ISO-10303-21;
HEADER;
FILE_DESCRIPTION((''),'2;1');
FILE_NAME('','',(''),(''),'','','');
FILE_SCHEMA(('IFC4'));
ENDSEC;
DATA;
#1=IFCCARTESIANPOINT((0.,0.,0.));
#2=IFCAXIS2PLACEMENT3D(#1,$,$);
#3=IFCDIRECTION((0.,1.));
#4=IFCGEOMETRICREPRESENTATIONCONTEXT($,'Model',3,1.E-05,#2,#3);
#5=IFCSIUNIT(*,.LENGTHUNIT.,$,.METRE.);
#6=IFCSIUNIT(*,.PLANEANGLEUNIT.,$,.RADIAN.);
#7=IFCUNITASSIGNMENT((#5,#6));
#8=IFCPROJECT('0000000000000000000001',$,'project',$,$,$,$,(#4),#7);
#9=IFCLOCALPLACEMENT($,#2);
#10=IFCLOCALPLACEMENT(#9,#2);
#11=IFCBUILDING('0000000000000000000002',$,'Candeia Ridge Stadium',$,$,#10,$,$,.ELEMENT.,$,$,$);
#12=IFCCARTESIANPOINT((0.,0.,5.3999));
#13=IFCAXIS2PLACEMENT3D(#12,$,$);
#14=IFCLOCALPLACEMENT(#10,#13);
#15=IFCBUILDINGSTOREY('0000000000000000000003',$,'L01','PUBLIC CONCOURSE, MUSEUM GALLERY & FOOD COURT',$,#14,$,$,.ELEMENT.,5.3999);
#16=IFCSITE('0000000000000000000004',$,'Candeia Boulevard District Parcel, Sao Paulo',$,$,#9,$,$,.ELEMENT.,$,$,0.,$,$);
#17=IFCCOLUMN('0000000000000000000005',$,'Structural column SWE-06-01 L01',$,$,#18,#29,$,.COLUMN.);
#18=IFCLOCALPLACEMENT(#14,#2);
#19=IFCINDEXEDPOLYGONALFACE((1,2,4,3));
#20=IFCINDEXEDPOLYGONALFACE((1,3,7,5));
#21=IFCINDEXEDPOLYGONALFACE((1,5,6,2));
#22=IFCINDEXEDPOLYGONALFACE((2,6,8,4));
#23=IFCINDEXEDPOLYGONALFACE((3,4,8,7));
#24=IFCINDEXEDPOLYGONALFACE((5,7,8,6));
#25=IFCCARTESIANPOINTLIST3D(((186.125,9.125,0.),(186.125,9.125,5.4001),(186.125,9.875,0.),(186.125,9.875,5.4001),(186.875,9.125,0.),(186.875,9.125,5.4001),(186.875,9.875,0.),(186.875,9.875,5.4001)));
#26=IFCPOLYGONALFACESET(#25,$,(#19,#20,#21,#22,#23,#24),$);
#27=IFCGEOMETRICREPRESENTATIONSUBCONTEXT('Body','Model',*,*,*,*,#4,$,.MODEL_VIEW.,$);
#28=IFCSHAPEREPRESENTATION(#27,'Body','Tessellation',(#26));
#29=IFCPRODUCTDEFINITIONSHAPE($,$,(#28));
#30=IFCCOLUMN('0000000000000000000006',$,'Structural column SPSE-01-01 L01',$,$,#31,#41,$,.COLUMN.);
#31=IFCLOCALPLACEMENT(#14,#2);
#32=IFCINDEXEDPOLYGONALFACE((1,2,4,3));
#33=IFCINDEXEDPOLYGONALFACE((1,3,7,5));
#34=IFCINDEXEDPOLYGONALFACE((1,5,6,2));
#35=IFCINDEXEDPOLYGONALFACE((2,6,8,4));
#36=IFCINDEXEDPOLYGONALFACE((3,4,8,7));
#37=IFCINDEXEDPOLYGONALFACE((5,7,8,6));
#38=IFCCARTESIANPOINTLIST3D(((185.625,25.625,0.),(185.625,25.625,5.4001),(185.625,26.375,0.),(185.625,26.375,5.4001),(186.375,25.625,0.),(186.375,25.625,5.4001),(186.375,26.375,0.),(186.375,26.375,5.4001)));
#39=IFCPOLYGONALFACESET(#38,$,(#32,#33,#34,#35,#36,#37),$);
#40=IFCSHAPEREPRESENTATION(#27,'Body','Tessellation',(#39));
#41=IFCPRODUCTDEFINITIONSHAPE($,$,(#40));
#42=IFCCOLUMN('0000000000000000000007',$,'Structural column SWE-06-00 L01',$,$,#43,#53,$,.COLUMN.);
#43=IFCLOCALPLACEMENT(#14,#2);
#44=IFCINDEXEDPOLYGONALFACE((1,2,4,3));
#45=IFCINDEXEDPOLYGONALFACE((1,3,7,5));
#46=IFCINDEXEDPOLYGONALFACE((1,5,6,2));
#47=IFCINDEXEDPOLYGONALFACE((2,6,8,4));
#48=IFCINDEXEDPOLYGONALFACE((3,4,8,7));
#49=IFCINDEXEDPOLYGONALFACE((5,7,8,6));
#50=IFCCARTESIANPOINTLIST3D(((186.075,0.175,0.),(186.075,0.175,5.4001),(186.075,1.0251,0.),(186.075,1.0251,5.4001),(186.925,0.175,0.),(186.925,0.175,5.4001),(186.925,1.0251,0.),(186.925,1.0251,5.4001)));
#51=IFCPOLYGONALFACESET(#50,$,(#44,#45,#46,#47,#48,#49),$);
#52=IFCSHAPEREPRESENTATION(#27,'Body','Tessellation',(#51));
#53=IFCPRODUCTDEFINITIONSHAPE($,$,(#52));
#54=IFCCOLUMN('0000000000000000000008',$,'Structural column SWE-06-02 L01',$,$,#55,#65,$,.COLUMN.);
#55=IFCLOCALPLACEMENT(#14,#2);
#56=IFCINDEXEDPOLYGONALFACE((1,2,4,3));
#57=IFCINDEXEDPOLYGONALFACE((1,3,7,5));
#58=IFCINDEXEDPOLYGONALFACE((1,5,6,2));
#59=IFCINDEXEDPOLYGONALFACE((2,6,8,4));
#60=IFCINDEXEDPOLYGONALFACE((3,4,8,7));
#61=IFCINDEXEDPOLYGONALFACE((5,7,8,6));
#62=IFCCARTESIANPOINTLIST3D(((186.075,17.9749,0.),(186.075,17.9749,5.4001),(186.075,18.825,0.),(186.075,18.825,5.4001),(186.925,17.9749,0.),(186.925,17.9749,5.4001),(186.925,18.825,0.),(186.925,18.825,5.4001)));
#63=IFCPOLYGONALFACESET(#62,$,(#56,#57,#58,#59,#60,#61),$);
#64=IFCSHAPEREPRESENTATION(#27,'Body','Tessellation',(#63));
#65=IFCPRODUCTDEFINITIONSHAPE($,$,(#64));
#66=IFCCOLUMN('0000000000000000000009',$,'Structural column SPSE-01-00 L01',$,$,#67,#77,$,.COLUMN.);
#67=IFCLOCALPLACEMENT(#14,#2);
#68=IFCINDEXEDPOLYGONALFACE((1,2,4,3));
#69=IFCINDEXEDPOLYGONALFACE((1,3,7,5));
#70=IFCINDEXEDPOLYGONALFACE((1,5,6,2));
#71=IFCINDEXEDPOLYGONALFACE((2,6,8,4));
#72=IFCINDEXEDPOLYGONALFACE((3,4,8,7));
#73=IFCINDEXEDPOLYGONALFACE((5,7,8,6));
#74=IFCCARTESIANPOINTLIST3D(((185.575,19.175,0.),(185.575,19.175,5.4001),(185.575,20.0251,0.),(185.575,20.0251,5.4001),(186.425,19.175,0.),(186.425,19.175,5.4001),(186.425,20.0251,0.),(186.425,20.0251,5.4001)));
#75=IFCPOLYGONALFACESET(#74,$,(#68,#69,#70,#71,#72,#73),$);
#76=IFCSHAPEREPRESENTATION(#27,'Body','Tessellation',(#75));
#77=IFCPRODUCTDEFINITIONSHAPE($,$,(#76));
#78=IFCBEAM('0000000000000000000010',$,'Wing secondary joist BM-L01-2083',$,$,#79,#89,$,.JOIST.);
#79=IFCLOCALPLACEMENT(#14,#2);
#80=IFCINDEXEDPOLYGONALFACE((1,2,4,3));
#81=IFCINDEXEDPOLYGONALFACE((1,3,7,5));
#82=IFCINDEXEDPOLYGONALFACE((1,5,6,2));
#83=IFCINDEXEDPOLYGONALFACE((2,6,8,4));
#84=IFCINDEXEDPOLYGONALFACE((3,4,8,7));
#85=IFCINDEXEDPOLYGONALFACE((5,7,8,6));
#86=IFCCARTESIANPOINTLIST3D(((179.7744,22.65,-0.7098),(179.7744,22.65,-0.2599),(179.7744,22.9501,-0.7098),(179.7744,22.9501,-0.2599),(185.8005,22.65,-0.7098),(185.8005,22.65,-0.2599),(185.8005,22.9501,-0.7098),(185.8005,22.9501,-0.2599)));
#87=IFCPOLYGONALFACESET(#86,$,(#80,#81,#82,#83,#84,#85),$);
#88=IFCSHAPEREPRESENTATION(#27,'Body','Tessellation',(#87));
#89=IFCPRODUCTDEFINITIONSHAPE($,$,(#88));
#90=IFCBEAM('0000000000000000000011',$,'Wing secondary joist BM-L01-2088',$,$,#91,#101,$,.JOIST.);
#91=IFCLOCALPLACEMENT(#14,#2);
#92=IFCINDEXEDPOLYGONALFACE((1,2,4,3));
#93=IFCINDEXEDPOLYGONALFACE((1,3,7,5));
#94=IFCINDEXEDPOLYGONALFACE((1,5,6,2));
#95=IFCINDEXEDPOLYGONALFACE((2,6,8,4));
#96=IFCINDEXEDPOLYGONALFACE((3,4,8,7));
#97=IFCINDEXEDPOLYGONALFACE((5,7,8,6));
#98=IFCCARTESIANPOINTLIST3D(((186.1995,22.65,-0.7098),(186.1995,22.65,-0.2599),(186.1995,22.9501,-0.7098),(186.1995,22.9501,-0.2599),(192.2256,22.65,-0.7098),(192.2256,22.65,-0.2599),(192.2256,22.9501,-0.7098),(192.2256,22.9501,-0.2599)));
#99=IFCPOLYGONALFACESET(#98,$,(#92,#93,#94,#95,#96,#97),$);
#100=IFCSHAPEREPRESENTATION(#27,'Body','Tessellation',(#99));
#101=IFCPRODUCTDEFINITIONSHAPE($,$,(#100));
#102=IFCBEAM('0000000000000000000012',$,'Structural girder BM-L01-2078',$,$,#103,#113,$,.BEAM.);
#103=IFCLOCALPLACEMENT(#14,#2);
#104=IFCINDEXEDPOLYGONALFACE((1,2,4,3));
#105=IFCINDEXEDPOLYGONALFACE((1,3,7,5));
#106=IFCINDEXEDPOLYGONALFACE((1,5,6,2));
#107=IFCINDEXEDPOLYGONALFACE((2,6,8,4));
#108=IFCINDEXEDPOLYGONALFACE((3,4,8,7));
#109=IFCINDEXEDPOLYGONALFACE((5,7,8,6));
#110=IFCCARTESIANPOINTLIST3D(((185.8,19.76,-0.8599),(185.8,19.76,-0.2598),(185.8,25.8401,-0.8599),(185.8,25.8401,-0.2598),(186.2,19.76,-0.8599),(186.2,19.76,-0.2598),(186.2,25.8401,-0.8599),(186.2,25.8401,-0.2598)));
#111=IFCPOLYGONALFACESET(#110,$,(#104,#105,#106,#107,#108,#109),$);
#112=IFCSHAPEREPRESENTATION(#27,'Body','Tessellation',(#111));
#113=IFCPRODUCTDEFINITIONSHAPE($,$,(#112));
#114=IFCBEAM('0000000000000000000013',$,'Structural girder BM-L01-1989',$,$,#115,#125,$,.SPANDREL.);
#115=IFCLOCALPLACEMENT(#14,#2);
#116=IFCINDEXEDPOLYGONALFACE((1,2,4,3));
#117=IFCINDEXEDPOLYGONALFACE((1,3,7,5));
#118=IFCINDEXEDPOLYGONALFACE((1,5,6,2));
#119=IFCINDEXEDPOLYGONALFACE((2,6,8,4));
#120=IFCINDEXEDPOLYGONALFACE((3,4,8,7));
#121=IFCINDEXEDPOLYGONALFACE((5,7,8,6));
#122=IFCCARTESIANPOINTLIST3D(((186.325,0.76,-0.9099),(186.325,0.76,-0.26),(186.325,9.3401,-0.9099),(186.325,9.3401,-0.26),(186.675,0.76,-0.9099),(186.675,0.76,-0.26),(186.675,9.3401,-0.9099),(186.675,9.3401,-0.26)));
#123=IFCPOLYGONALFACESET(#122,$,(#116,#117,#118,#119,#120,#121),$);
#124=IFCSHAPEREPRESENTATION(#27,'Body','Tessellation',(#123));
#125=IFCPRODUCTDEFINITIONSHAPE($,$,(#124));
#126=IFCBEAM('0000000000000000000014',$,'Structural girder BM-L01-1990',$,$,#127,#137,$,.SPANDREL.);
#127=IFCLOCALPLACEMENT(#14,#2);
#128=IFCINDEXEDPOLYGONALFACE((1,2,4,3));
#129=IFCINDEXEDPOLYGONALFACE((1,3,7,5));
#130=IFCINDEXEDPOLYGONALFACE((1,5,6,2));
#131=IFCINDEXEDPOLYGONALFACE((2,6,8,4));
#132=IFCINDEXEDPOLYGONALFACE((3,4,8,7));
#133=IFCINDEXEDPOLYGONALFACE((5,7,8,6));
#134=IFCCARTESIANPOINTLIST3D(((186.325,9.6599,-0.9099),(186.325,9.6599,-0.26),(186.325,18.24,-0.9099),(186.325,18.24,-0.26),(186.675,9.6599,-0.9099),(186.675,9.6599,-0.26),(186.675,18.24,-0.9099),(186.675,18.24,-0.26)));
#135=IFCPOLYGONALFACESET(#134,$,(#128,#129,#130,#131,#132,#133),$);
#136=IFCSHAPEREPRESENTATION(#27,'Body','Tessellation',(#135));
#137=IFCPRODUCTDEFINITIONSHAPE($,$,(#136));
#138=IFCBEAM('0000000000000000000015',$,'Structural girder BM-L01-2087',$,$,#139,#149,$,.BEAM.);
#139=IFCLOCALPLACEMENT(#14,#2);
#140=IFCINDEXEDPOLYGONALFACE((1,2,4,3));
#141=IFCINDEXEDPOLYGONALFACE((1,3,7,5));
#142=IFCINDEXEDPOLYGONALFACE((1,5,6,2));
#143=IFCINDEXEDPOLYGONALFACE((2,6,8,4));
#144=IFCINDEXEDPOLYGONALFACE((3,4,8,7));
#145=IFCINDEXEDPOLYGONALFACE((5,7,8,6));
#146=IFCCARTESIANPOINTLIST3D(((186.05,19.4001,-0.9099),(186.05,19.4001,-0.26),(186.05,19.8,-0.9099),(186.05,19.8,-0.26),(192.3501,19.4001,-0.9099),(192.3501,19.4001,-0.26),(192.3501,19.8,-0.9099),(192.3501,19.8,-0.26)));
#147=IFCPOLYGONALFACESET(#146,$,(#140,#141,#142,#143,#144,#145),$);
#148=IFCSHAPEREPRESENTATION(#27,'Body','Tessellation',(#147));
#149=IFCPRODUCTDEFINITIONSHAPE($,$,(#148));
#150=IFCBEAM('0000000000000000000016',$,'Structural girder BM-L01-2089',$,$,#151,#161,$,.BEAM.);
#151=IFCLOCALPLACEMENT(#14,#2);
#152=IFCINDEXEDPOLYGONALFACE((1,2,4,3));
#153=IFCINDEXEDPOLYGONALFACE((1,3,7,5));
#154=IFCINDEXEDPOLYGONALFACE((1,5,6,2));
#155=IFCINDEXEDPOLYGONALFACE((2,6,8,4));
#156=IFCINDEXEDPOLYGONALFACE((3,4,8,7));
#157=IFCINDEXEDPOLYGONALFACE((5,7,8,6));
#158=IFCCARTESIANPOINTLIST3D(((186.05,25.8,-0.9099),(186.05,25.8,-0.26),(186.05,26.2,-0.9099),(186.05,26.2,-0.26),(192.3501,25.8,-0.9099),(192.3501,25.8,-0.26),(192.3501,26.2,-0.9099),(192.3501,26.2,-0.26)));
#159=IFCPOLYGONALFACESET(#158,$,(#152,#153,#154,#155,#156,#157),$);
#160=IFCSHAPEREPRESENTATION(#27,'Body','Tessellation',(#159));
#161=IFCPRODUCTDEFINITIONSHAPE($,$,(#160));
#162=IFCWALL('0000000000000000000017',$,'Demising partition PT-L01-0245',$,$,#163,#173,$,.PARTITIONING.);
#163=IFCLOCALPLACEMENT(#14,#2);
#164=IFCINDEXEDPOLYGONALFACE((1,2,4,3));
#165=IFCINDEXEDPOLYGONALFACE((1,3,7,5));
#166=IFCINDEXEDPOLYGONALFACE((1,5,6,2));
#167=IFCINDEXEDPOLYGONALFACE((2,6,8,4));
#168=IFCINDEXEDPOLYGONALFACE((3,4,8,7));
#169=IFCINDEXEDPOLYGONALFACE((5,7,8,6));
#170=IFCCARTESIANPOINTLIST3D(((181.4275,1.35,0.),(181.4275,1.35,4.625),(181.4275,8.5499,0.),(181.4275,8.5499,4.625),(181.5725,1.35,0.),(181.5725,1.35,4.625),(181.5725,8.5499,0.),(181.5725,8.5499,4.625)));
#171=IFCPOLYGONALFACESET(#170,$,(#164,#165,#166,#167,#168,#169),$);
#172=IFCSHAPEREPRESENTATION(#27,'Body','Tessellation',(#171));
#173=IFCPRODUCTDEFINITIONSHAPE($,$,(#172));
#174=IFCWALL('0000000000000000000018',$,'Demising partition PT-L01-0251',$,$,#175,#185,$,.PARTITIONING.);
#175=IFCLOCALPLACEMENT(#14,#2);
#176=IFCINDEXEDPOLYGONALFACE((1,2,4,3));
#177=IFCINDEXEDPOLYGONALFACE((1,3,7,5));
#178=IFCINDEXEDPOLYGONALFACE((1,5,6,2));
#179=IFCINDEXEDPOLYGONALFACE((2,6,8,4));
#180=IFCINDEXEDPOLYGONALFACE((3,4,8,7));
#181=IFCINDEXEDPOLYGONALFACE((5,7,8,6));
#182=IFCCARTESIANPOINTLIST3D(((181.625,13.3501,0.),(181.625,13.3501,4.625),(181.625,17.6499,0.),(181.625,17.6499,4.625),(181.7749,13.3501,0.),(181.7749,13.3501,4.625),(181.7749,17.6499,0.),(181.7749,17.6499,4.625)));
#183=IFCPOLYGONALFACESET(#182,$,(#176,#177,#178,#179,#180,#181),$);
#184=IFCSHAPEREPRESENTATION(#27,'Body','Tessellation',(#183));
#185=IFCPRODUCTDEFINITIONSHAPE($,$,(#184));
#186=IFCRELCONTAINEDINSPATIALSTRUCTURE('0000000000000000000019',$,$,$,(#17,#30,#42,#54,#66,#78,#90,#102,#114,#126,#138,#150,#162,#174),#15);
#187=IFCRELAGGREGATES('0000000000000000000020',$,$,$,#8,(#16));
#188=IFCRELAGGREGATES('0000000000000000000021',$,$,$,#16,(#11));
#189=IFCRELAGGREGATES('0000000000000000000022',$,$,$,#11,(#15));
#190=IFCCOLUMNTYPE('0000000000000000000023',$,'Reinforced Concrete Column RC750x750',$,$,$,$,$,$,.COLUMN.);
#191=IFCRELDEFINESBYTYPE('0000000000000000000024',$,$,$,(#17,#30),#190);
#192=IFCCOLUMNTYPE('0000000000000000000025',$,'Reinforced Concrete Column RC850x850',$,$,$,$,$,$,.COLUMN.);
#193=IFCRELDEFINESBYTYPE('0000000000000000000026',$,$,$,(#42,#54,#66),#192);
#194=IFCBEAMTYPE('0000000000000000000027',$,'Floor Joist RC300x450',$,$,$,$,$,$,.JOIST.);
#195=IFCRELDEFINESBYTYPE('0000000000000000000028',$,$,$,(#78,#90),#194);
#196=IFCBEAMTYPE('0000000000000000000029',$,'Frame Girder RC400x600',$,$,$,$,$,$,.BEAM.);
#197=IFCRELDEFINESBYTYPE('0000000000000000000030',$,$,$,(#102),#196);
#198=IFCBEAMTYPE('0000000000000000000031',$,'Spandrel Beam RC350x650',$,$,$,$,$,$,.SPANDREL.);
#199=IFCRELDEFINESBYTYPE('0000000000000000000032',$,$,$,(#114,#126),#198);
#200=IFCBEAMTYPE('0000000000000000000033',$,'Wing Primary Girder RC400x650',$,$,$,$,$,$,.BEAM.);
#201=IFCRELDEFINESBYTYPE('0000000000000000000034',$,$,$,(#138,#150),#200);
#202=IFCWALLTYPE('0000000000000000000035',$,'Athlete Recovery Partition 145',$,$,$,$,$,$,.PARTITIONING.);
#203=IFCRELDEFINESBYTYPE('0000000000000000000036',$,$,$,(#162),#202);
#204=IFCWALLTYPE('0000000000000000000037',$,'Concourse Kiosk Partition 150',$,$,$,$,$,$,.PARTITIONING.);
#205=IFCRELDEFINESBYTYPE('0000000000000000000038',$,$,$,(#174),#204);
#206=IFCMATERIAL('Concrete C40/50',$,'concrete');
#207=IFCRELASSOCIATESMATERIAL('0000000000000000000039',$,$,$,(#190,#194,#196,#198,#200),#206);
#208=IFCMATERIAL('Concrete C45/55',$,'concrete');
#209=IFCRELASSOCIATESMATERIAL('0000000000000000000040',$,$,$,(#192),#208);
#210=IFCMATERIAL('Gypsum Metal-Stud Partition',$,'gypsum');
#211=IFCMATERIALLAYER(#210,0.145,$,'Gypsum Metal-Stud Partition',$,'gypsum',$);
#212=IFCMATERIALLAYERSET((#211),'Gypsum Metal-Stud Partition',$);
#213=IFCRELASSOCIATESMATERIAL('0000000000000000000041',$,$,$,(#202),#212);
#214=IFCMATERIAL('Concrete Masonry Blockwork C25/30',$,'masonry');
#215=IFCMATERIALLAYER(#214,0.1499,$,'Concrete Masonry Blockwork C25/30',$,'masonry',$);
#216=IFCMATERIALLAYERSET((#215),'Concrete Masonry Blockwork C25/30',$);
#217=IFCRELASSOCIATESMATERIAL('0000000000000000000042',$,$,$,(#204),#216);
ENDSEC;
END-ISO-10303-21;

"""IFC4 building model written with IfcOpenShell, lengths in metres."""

from ifc_helpers import new_model, si_unit, direction, frame, frame_2d, origin, origin_2d, place, context, subcontext, project, spatial, rectangle, extrude, material, layer, layer_set, material_profile, profile_set, type_object, element, save


model = new_model("IFC4")

# Units and contexts
model_context = context("Model", 3, precision=1e-05, world=origin(), true_north=direction((0.0, 1.0)))
body_context = subcontext(model_context, "Body", "Model", "MODEL_VIEW")
ifc_project = project(units=[si_unit("LENGTHUNIT", "METRE"), si_unit("PLANEANGLEUNIT", "RADIAN")], contexts=[model_context])

# Site, building, storey
site_placement = place(None, origin())
site = spatial("IfcSite", under=ifc_project, at=site_placement, Name="Candeia Boulevard District Parcel, Sao Paulo", CompositionType="ELEMENT", RefElevation=0.0)
building_placement = place(site_placement, origin())
building = spatial("IfcBuilding", under=site, at=building_placement, Name="Candeia Ridge Stadium", CompositionType="ELEMENT")
storey_placement = place(building_placement, frame((0.0, 0.0, 5.3999)))
storey = spatial("IfcBuildingStorey", under=building, at=storey_placement, Name="L01", Description="PUBLIC CONCOURSE, MUSEUM GALLERY & FOOD COURT", CompositionType="ELEMENT", Elevation=5.3999)

# Columns
ifc_material_1 = material(Name="Concrete C40/50", Category="concrete")
ifc_material_profile_1 = material_profile(ifc_material_1, rectangle(XDim=0.75, YDim=0.75, at=origin_2d()), Name="RC750x750", Category="concrete")
ifc_profile_set_1 = profile_set([ifc_material_profile_1], Name="Concrete C40/50")
column_type_1 = type_object("IfcColumnType", Name="Reinforced Concrete Column RC750x750", PredefinedType="COLUMN", material=ifc_profile_set_1)
for number, where, z_axis, x_axis, name in (
    (1, (186.5, 9.5, 0.0), (0.0, 0.0, 1.0), (1.0, 0.0, 0.0), "Structural column SWE-06-01 L01"),
    (2, (186.0, 26.0, 0.0), (0.0, 0.0, 1.0), (1.0, 0.0, 0.0), "Structural column SPSE-01-01 L01"),
):
    element("IfcColumn", number, at=place(storey_placement, frame(where, z_axis=z_axis, x_axis=x_axis)), inside=storey, type_object=column_type_1, Name=name, PredefinedType="COLUMN", context=body_context, shape_type="SweptSolid", body=[
        extrude(rectangle(XDim=0.75, YDim=0.75, at=origin_2d()), origin(), (0.0, 0.0, 1.0), 5.4001),
    ])
ifc_material_2 = material(Name="Concrete C45/55", Category="concrete")
ifc_material_profile_2 = material_profile(ifc_material_2, rectangle(XDim=0.8501, YDim=0.8501, at=origin_2d()), Name="RC850x850", Category="concrete")
ifc_profile_set_2 = profile_set([ifc_material_profile_2], Name="Concrete C45/55")
column_type_2 = type_object("IfcColumnType", Name="Reinforced Concrete Column RC850x850", PredefinedType="COLUMN", material=ifc_profile_set_2)
for number, where, z_axis, x_axis, name in (
    (3, (186.5, 0.6001, 0.0), (0.0, 0.0, 1.0), (1.0, 0.0, 0.0), "Structural column SWE-06-00 L01"),
    (4, (186.5, 18.3999, 0.0), (0.0, 0.0, 1.0), (1.0, 0.0, 0.0), "Structural column SWE-06-02 L01"),
    (5, (186.0, 19.6001, 0.0), (0.0, 0.0, 1.0), (1.0, 0.0, 0.0), "Structural column SPSE-01-00 L01"),
):
    element("IfcColumn", number, at=place(storey_placement, frame(where, z_axis=z_axis, x_axis=x_axis)), inside=storey, type_object=column_type_2, Name=name, PredefinedType="COLUMN", context=body_context, shape_type="SweptSolid", body=[
        extrude(rectangle(XDim=0.8501, YDim=0.8501, at=origin_2d()), origin(), (0.0, 0.0, 1.0), 5.4001),
    ])

# Beams
ifc_material_profile_3 = material_profile(ifc_material_1, rectangle(XDim=0.3, YDim=0.45, at=origin_2d()), Name="RC300x450", Category="concrete")
ifc_profile_set_3 = profile_set([ifc_material_profile_3], Name="Concrete C40/50")
beam_type_1 = type_object("IfcBeamType", Name="Floor Joist RC300x450", PredefinedType="JOIST", material=ifc_profile_set_3)
for number, where, z_axis, x_axis, name in (
    (6, (179.7744, 22.8, -0.4849), (1.0, 0.0, 0.0), (0.0, 1.0, 0.0), "Wing secondary joist BM-L01-2083"),
    (7, (186.1995, 22.8, -0.4849), (1.0, 0.0, 0.0), (0.0, 1.0, 0.0), "Wing secondary joist BM-L01-2088"),
):
    element("IfcBeam", number, at=place(storey_placement, frame(where, z_axis=z_axis, x_axis=x_axis)), inside=storey, type_object=beam_type_1, Name=name, PredefinedType="JOIST", context=body_context, shape_type="SweptSolid", body=[
        extrude(rectangle(XDim=0.3, YDim=0.45, at=origin_2d()), origin(), (0.0, 0.0, 1.0), 6.0261),
    ])
ifc_material_profile_4 = material_profile(ifc_material_1, rectangle(XDim=0.3999, YDim=0.6001, at=origin_2d()), Name="RC400x600", Category="concrete")
ifc_profile_set_4 = profile_set([ifc_material_profile_4], Name="Concrete C40/50")
beam_type_2 = type_object("IfcBeamType", Name="Frame Girder RC400x600", PredefinedType="BEAM", material=ifc_profile_set_4)
beam_placement = place(storey_placement, frame((186.0, 19.76, -0.5598), z_axis=(0.0, 1.0, 0.0), x_axis=(-1.0, 0.0, 0.0)))
element("IfcBeam", 8, at=beam_placement, inside=storey, type_object=beam_type_2, Name="Structural girder BM-L01-2078", PredefinedType="BEAM", context=body_context, shape_type="SweptSolid", body=[
    extrude(rectangle(XDim=0.3999, YDim=0.6001, at=origin_2d()), origin(), (0.0, 0.0, 1.0), 6.0801),
])
ifc_material_profile_5 = material_profile(ifc_material_1, rectangle(XDim=0.3501, YDim=0.6499, at=origin_2d()), Name="RC350x650", Category="concrete")
ifc_profile_set_5 = profile_set([ifc_material_profile_5], Name="Concrete C40/50")
beam_type_3 = type_object("IfcBeamType", Name="Spandrel Beam RC350x650", PredefinedType="SPANDREL", material=ifc_profile_set_5)
for number, where, z_axis, x_axis, name in (
    (9, (186.5, 0.76, -0.585), (0.0, 1.0, 0.0), (-1.0, 0.0, 0.0), "Structural girder BM-L01-1989"),
    (10, (186.5, 9.6599, -0.585), (0.0, 1.0, 0.0), (-1.0, 0.0, 0.0), "Structural girder BM-L01-1990"),
):
    element("IfcBeam", number, at=place(storey_placement, frame(where, z_axis=z_axis, x_axis=x_axis)), inside=storey, type_object=beam_type_3, Name=name, PredefinedType="SPANDREL", context=body_context, shape_type="SweptSolid", body=[
        extrude(rectangle(XDim=0.3501, YDim=0.6499, at=origin_2d()), origin(), (0.0, 0.0, 1.0), 8.5801),
    ])
ifc_material_profile_6 = material_profile(ifc_material_1, rectangle(XDim=0.3999, YDim=0.6499, at=origin_2d()), Name="RC400x650", Category="concrete")
ifc_profile_set_6 = profile_set([ifc_material_profile_6], Name="Concrete C40/50")
beam_type_4 = type_object("IfcBeamType", Name="Wing Primary Girder RC400x650", PredefinedType="BEAM", material=ifc_profile_set_6)
for number, where, z_axis, x_axis, name in (
    (11, (186.05, 19.6001, -0.585), (1.0, 0.0, 0.0), (0.0, 1.0, 0.0), "Structural girder BM-L01-2087"),
    (12, (186.05, 26.0, -0.585), (1.0, 0.0, 0.0), (0.0, 1.0, 0.0), "Structural girder BM-L01-2089"),
):
    element("IfcBeam", number, at=place(storey_placement, frame(where, z_axis=z_axis, x_axis=x_axis)), inside=storey, type_object=beam_type_4, Name=name, PredefinedType="BEAM", context=body_context, shape_type="SweptSolid", body=[
        extrude(rectangle(XDim=0.3999, YDim=0.6499, at=origin_2d()), origin(), (0.0, 0.0, 1.0), 6.3),
    ])

# Walls
ifc_material_3 = material(Name="Gypsum Metal-Stud Partition", Category="gypsum")
ifc_layer_1 = layer(ifc_material_3, 0.145, Name="Gypsum Metal-Stud Partition", Category="gypsum")
ifc_layer_set_1 = layer_set([ifc_layer_1], Name="Gypsum Metal-Stud Partition")
wall_type_1 = type_object("IfcWallType", Name="Athlete Recovery Partition 145", PredefinedType="PARTITIONING", material=ifc_layer_set_1)
wall_1_placement = place(storey_placement, frame((181.5, 8.55, 0.0), z_axis=(0.0, 0.0, 1.0), x_axis=(0.0, -1.0, 0.0)))
element("IfcWall", 13, at=wall_1_placement, inside=storey, type_object=wall_type_1, Name="Demising partition PT-L01-0245", PredefinedType="PARTITIONING", context=body_context, shape_type="SweptSolid", body=[
    extrude(rectangle(XDim=7.2, YDim=0.145, at=frame_2d((3.6001, 0.0))), origin(), (0.0, 0.0, 1.0), 4.625),
])
ifc_material_4 = material(Name="Concrete Masonry Blockwork C25/30", Category="masonry")
ifc_layer_2 = layer(ifc_material_4, 0.1499, Name="Concrete Masonry Blockwork C25/30", Category="masonry")
ifc_layer_set_2 = layer_set([ifc_layer_2], Name="Concrete Masonry Blockwork C25/30")
wall_type_2 = type_object("IfcWallType", Name="Concourse Kiosk Partition 150", PredefinedType="PARTITIONING", material=ifc_layer_set_2)
wall_2_placement = place(storey_placement, frame((181.7, 13.3501, 0.0), z_axis=(0.0, 0.0, 1.0), x_axis=(0.0, 1.0, 0.0)))
element("IfcWall", 14, at=wall_2_placement, inside=storey, type_object=wall_type_2, Name="Demising partition PT-L01-0251", PredefinedType="PARTITIONING", context=body_context, shape_type="SweptSolid", body=[
    extrude(rectangle(XDim=4.2998, YDim=0.1499, at=frame_2d((2.1499, 0.0))), origin(), (0.0, 0.0, 1.0), 4.625),
])

save(model, "model.ifc")
